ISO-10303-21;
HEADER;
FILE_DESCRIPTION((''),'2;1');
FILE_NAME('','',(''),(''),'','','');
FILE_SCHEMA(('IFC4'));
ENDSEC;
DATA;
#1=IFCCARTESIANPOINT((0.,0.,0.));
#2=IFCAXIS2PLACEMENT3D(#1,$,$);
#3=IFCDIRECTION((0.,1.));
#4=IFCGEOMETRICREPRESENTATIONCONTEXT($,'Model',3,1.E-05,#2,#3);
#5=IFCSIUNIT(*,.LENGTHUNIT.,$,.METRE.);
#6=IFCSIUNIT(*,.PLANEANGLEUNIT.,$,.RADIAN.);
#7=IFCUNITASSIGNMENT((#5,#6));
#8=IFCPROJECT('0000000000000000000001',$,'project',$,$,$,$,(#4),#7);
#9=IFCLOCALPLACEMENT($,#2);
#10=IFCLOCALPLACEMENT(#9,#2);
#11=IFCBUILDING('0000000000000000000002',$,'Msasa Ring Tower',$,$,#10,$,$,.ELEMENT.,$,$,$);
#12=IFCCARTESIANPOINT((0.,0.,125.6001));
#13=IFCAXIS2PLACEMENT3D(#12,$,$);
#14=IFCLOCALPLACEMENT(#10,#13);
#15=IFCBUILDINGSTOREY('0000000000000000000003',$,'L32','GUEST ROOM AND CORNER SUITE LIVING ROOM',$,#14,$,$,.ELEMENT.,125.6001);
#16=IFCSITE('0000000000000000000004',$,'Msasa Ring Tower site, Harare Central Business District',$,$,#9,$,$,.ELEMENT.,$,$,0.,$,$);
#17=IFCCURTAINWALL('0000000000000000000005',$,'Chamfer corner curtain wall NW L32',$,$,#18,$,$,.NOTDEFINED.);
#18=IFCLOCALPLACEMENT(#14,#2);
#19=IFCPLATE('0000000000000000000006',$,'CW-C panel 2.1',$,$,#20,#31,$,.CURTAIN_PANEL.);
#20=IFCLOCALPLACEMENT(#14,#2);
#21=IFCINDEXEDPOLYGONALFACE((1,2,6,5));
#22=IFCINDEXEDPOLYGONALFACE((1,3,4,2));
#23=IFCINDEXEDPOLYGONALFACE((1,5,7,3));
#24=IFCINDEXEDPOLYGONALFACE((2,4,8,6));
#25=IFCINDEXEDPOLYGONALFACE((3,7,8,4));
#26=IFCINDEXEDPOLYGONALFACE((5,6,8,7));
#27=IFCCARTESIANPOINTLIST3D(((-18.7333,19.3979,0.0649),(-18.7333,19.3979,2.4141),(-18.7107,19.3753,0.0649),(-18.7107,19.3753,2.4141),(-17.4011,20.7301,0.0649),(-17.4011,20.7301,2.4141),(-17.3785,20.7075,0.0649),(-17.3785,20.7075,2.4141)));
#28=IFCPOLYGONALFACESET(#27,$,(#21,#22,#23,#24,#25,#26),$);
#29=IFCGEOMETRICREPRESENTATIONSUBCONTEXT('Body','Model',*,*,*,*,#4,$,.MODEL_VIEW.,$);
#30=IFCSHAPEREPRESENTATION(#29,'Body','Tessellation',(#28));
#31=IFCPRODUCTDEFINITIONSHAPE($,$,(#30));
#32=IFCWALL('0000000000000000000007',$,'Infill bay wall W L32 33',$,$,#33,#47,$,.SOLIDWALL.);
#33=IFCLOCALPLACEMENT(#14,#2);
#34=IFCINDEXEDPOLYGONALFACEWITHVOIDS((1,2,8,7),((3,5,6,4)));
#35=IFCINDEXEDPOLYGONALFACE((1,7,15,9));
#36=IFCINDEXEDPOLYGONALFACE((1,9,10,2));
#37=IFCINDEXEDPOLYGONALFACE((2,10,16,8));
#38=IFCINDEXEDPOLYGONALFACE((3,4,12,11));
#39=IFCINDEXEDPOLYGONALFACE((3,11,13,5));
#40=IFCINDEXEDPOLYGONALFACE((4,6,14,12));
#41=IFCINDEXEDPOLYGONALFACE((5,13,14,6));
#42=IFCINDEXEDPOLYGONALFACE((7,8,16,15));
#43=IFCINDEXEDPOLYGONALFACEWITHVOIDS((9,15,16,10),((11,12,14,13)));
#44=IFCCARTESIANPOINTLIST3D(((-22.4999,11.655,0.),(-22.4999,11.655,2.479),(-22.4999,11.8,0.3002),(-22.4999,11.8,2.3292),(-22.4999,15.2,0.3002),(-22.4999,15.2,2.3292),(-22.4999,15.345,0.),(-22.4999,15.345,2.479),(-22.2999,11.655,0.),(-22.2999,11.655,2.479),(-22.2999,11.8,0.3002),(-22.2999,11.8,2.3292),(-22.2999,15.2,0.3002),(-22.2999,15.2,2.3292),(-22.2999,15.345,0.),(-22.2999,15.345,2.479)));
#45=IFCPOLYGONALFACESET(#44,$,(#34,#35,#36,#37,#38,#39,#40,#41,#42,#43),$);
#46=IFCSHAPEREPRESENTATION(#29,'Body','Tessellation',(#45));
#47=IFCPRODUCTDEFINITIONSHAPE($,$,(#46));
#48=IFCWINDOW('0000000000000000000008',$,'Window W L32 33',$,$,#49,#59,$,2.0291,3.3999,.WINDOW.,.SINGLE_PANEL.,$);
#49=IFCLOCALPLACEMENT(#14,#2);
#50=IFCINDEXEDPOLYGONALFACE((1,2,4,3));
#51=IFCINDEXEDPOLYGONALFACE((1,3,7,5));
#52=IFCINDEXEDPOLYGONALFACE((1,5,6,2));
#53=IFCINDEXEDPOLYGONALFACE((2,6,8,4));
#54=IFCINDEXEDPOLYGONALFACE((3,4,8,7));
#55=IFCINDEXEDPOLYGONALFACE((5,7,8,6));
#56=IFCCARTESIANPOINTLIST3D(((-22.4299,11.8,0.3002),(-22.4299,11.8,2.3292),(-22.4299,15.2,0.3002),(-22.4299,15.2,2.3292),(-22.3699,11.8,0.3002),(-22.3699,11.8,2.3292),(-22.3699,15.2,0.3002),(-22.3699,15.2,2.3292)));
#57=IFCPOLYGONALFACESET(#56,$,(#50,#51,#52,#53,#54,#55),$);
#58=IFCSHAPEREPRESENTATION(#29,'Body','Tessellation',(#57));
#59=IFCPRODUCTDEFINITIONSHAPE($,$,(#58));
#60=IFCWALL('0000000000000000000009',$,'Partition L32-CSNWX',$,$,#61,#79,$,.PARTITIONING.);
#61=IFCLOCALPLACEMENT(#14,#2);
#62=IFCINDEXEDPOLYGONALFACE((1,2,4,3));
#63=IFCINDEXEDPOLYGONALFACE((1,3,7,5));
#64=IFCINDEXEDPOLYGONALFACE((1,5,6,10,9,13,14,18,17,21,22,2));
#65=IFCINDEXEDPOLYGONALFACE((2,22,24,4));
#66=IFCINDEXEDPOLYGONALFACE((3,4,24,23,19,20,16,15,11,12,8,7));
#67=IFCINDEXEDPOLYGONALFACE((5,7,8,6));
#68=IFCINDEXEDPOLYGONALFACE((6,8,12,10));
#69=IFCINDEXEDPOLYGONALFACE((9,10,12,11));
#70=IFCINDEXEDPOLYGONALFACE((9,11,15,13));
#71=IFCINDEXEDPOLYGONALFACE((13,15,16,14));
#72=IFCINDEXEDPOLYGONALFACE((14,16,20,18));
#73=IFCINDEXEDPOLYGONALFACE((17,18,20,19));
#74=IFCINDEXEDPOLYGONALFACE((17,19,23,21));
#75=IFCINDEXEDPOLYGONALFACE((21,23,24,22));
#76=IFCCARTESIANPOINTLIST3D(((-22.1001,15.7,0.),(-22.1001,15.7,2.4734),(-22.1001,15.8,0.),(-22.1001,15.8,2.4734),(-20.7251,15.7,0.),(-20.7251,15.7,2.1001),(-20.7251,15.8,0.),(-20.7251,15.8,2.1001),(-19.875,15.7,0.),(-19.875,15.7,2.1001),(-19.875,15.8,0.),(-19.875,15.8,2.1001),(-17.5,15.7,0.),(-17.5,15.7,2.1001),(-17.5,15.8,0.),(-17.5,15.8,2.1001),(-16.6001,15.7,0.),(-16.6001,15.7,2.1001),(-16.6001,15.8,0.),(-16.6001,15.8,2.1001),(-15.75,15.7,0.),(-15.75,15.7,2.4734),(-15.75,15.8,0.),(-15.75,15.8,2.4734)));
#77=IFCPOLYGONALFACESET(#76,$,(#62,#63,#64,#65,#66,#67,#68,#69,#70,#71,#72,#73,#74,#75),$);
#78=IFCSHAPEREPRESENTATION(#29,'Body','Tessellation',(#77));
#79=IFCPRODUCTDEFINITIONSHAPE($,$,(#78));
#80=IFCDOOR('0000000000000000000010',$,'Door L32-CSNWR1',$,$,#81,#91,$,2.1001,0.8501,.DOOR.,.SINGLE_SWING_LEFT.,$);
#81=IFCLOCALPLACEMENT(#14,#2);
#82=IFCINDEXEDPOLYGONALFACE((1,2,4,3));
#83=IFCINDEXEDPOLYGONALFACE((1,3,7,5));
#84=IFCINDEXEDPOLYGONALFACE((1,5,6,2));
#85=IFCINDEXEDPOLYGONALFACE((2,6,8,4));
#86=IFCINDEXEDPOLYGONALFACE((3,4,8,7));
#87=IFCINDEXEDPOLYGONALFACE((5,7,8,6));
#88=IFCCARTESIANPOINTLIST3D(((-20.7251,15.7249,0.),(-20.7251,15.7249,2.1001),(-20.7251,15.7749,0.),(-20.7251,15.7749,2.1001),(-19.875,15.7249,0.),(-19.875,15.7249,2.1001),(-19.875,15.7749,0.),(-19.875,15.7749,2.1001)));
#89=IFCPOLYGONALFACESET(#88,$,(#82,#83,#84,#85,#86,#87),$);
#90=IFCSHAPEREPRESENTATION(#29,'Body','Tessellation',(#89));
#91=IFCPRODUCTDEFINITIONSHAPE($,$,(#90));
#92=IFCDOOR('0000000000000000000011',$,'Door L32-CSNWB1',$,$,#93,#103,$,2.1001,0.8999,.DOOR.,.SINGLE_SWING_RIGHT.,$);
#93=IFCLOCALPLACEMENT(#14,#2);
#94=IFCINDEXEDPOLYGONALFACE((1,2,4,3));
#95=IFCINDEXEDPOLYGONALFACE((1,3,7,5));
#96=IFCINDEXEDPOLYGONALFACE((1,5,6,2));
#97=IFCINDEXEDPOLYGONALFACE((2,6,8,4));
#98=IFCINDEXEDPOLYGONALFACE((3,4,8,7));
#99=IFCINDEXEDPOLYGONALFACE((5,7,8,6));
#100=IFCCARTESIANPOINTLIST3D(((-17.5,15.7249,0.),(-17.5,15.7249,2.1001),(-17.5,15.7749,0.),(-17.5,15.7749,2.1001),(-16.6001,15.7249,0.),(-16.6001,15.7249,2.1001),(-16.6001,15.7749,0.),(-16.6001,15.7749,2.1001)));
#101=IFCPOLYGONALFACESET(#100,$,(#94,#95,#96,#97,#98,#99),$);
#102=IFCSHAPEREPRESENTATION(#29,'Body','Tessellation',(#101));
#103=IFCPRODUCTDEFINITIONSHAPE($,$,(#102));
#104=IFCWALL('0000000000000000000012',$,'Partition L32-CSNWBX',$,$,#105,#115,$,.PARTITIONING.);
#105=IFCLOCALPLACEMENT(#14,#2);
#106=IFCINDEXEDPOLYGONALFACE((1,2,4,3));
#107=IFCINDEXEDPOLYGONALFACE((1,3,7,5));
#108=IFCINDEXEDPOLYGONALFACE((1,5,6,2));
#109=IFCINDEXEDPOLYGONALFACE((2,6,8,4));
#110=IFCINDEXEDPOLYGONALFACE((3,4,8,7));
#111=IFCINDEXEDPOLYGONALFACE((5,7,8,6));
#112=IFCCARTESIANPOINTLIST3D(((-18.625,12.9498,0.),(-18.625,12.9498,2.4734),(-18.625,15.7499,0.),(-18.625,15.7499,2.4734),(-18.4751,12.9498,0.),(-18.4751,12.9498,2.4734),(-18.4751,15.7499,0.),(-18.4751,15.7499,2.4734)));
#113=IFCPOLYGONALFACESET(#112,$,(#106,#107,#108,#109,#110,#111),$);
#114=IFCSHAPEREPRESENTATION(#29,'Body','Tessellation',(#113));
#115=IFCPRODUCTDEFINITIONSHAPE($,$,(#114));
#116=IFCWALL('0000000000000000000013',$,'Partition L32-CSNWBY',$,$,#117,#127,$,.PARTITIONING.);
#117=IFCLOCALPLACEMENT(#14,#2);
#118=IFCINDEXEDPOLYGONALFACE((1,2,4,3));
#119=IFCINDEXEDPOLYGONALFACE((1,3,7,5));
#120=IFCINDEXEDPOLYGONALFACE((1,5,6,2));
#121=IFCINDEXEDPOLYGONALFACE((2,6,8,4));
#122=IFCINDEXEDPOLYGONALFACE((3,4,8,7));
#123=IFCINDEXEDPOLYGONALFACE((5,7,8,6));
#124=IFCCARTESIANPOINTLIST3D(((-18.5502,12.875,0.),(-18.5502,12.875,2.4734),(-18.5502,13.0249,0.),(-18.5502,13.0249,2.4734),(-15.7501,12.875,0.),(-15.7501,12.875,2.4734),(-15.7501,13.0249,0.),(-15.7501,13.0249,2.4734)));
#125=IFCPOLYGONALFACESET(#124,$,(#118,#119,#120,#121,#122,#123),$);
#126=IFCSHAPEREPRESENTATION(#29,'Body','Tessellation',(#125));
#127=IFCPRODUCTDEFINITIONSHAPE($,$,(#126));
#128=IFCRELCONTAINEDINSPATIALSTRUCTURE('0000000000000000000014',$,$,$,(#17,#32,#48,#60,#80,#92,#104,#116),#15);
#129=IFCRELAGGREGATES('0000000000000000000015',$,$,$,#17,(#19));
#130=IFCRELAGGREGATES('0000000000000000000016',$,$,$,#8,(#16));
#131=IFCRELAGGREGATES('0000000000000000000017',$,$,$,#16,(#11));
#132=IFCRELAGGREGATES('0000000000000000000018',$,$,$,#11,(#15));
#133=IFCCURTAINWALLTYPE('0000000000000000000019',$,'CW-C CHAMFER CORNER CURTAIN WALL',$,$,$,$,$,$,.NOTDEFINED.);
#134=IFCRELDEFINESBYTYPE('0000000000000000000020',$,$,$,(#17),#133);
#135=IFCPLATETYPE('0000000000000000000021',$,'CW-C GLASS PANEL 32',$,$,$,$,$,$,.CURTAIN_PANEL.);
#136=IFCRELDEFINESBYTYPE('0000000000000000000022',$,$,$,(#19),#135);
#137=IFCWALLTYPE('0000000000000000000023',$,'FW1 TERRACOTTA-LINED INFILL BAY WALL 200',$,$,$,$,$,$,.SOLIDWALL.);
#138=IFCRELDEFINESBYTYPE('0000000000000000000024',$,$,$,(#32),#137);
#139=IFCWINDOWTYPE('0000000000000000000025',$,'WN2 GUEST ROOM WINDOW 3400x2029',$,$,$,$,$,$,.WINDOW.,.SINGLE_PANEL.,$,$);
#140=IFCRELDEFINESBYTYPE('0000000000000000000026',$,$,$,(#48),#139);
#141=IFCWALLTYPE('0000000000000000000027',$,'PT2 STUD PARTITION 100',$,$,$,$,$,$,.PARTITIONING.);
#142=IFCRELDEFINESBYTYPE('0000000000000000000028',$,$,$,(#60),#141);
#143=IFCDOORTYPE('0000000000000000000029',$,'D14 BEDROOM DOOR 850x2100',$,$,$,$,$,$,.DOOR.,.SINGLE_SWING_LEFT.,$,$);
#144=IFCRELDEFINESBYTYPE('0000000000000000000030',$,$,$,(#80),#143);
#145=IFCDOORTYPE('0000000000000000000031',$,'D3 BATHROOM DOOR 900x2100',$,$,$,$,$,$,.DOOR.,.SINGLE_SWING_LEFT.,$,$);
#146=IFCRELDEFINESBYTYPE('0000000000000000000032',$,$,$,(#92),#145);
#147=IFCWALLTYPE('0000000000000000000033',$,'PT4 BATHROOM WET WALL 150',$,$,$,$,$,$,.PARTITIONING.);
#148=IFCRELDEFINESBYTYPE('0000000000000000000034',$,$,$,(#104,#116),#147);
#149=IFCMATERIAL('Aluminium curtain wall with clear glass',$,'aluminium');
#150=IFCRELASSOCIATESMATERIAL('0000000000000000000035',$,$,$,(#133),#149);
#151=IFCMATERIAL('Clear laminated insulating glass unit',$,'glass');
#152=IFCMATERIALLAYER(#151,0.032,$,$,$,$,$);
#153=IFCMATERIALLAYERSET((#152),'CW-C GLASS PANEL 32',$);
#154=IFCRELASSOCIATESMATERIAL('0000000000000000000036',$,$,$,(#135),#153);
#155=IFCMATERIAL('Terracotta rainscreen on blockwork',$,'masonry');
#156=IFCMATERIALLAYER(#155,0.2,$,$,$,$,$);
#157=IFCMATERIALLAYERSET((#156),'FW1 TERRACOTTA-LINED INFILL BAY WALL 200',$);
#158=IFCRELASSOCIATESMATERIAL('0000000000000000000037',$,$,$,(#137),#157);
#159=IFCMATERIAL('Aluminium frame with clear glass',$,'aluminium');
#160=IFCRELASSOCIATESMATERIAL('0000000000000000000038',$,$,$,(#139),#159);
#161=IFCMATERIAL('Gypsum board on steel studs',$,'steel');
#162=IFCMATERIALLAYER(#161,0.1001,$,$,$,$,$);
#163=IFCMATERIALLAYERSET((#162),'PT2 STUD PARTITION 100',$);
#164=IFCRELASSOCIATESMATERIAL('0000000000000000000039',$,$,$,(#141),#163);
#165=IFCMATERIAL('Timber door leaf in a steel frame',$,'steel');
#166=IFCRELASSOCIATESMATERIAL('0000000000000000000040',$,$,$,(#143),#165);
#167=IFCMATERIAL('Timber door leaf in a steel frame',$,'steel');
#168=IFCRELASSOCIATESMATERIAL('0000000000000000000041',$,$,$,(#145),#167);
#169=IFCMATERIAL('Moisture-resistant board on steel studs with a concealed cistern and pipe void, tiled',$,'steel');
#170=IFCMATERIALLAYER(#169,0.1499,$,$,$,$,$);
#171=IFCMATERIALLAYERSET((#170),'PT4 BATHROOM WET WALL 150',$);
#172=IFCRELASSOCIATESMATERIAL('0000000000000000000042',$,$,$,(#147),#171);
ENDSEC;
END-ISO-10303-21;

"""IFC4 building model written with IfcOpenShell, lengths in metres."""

from ifc_helpers import new_model, si_unit, direction, frame, frame_2d, origin, origin_2d, place, context, subcontext, project, spatial, rectangle, extrude, material, layer, layer_set, type_object, element, fill, aggregate, save


model = new_model("IFC4")

# Units and contexts
model_context = context("Model", 3, precision=1e-05, world=origin(), true_north=direction((0.0, 1.0)))
body_context = subcontext(model_context, "Body", "Model", "MODEL_VIEW")
ifc_project = project(units=[si_unit("LENGTHUNIT", "METRE"), si_unit("PLANEANGLEUNIT", "RADIAN")], contexts=[model_context])

# Site, building, storey
site_placement = place(None, origin())
site = spatial("IfcSite", under=ifc_project, at=site_placement, Name="Msasa Ring Tower site, Harare Central Business District", CompositionType="ELEMENT", RefElevation=0.0)
building_placement = place(site_placement, origin())
building = spatial("IfcBuilding", under=site, at=building_placement, Name="Msasa Ring Tower", CompositionType="ELEMENT")
storey_placement = place(building_placement, frame((0.0, 0.0, 125.6001)))
storey = spatial("IfcBuildingStorey", under=building, at=storey_placement, Name="L32", Description="GUEST ROOM AND CORNER SUITE LIVING ROOM", CompositionType="ELEMENT", Elevation=125.6001)

# Curtain wall
ifc_material_1 = material(Name="Aluminium curtain wall with clear glass", Category="aluminium")
curtain_wall_type = type_object("IfcCurtainWallType", Name="CW-C CHAMFER CORNER CURTAIN WALL", PredefinedType="NOTDEFINED", material=ifc_material_1)
curtain_wall_1_placement = place(storey_placement, origin())
curtain_wall_1 = element("IfcCurtainWall", 1, at=curtain_wall_1_placement, inside=storey, type_object=curtain_wall_type, Name="Chamfer corner curtain wall NW L32", PredefinedType="NOTDEFINED")

# Plate
ifc_material_2 = material(Name="Clear laminated insulating glass unit", Category="glass")
ifc_layer_1 = layer(ifc_material_2, 0.032)
ifc_layer_set_1 = layer_set([ifc_layer_1], Name="CW-C GLASS PANEL 32")
plate_type = type_object("IfcPlateType", Name="CW-C GLASS PANEL 32", PredefinedType="CURTAIN_PANEL", material=ifc_layer_set_1)
plate_1_placement = place(storey_placement, frame((-18.0559, 20.0527, 0.0649), z_axis=(0.0, 0.0, 1.0), x_axis=(-0.707107, -0.707107, 0.0)))
plate_1 = element("IfcPlate", 2, at=plate_1_placement, type_object=plate_type, Name="CW-C panel 2.1", PredefinedType="CURTAIN_PANEL", context=body_context, shape_type="SweptSolid", body=[
    extrude(rectangle(XDim=1.884, YDim=0.032, at=origin_2d()), origin(), (0.0, 0.0, 1.0), 2.3491),
])
aggregate(curtain_wall_1, [plate_1])

# Wall, opening, window
ifc_material_3 = material(Name="Terracotta rainscreen on blockwork", Category="masonry")
ifc_layer_2 = layer(ifc_material_3, 0.2)
ifc_layer_set_2 = layer_set([ifc_layer_2], Name="FW1 TERRACOTTA-LINED INFILL BAY WALL 200")
wall_type_1 = type_object("IfcWallType", Name="FW1 TERRACOTTA-LINED INFILL BAY WALL 200", PredefinedType="SOLIDWALL", material=ifc_layer_set_2)
wall_1_placement = place(storey_placement, frame((-22.3999, 11.655, 0.0), z_axis=(0.0, 0.0, 1.0), x_axis=(0.0, 1.0, 0.0)))
wall_1 = element("IfcWall", 3, at=wall_1_placement, inside=storey, type_object=wall_type_1, Name="Infill bay wall W L32 33", PredefinedType="SOLIDWALL", context=body_context, shape_type="SweptSolid", body=[
    extrude(rectangle(XDim=3.6899, YDim=0.2, at=frame_2d((1.845, 0.0))), origin(), (0.0, 0.0, 1.0), 2.479),
])
opening_1_placement = place(wall_1_placement, frame((0.145, 0.0, 0.3)))
opening_1 = element("IfcOpeningElement", 4, at=opening_1_placement, cuts=wall_1, PredefinedType="OPENING", context=body_context, shape_type="SweptSolid", body=[
    extrude(rectangle(XDim=3.3999, YDim=2.0291, at=frame_2d((1.7, 1.0146))), frame((0.0, 0.1099, 0.0), z_axis=(0.0, -1.0, 0.0), x_axis=(1.0, 0.0, 0.0)), (0.0, 0.0, 1.0), 0.22),
])
ifc_material_4 = material(Name="Aluminium frame with clear glass", Category="aluminium")
window_type = type_object("IfcWindowType", Name="WN2 GUEST ROOM WINDOW 3400x2029", PartitioningType="SINGLE_PANEL", PredefinedType="WINDOW", material=ifc_material_4)
window_placement = place(opening_1_placement, origin())
window = element("IfcWindow", 5, at=window_placement, inside=storey, type_object=window_type, Name="Window W L32 33", OverallHeight=2.0291, OverallWidth=3.3999, PartitioningType="SINGLE_PANEL", PredefinedType="WINDOW", context=body_context, shape_type="SweptSolid", body=[
    extrude(rectangle(XDim=3.3999, YDim=2.0291, at=frame_2d((1.7, 1.0146))), frame((0.0, 0.03, 0.0), z_axis=(0.0, -1.0, 0.0), x_axis=(1.0, 0.0, 0.0)), (0.0, 0.0, 1.0), 0.0601),
])
fill(opening_1, window)

# Wall, openings, doors
ifc_material_5 = material(Name="Gypsum board on steel studs", Category="steel")
ifc_layer_3 = layer(ifc_material_5, 0.1001)
ifc_layer_set_3 = layer_set([ifc_layer_3], Name="PT2 STUD PARTITION 100")
wall_type_2 = type_object("IfcWallType", Name="PT2 STUD PARTITION 100", PredefinedType="PARTITIONING", material=ifc_layer_set_3)
wall_2_placement = place(storey_placement, frame((-22.1001, 15.75, 0.0), z_axis=(0.0, 0.0, 1.0), x_axis=(1.0, 0.0, 0.0)))
wall_2 = element("IfcWall", 6, at=wall_2_placement, inside=storey, type_object=wall_type_2, Name="Partition L32-CSNWX", PredefinedType="PARTITIONING", context=body_context, shape_type="SweptSolid", body=[
    extrude(rectangle(XDim=6.3501, YDim=0.1001, at=frame_2d((3.175, 0.0))), origin(), (0.0, 0.0, 1.0), 2.4734),
])
opening_2_placement = place(wall_2_placement, frame((1.375, 0.0, 0.0)))
opening_2 = element("IfcOpeningElement", 7, at=opening_2_placement, cuts=wall_2, PredefinedType="OPENING", context=body_context, shape_type="SweptSolid", body=[
    extrude(rectangle(XDim=0.8501, YDim=2.1001, at=frame_2d((0.425, 1.05))), frame((0.0, 0.0601, 0.0), z_axis=(0.0, -1.0, 0.0), x_axis=(1.0, 0.0, 0.0)), (0.0, 0.0, 1.0), 0.1201),
])
opening_3_placement = place(wall_2_placement, frame((4.6001, 0.0, 0.0)))
opening_3 = element("IfcOpeningElement", 8, at=opening_3_placement, cuts=wall_2, PredefinedType="OPENING", context=body_context, shape_type="SweptSolid", body=[
    extrude(rectangle(XDim=0.8999, YDim=2.1001, at=frame_2d((0.45, 1.05))), frame((0.0, 0.0601, 0.0), z_axis=(0.0, -1.0, 0.0), x_axis=(1.0, 0.0, 0.0)), (0.0, 0.0, 1.0), 0.1201),
])
ifc_material_6 = material(Name="Timber door leaf in a steel frame", Category="steel")
door_type_1 = type_object("IfcDoorType", Name="D14 BEDROOM DOOR 850x2100", OperationType="SINGLE_SWING_LEFT", PredefinedType="DOOR", material=ifc_material_6)
door_1_placement = place(opening_2_placement, origin())
door_1 = element("IfcDoor", 9, at=door_1_placement, inside=storey, type_object=door_type_1, Name="Door L32-CSNWR1", OperationType="SINGLE_SWING_LEFT", OverallHeight=2.1001, OverallWidth=0.8501, PredefinedType="DOOR", context=body_context, shape_type="SweptSolid", body=[
    extrude(rectangle(XDim=0.8501, YDim=2.1001, at=frame_2d((0.425, 1.05))), frame((0.0, 0.0249, 0.0), z_axis=(0.0, -1.0, 0.0), x_axis=(1.0, 0.0, 0.0)), (0.0, 0.0, 1.0), 0.05),
])
fill(opening_2, door_1)
ifc_material_7 = material(Name="Timber door leaf in a steel frame", Category="steel")
door_type_2 = type_object("IfcDoorType", Name="D3 BATHROOM DOOR 900x2100", OperationType="SINGLE_SWING_LEFT", PredefinedType="DOOR", material=ifc_material_7)
door_2_placement = place(opening_3_placement, origin())
door_2 = element("IfcDoor", 10, at=door_2_placement, inside=storey, type_object=door_type_2, Name="Door L32-CSNWB1", OperationType="SINGLE_SWING_RIGHT", OverallHeight=2.1001, OverallWidth=0.8999, PredefinedType="DOOR", context=body_context, shape_type="SweptSolid", body=[
    extrude(rectangle(XDim=0.8999, YDim=2.1001, at=frame_2d((0.45, 1.05))), frame((0.0, 0.0249, 0.0), z_axis=(0.0, -1.0, 0.0), x_axis=(1.0, 0.0, 0.0)), (0.0, 0.0, 1.0), 0.05),
])
fill(opening_3, door_2)

# Walls
ifc_material_8 = material(Name="Moisture-resistant board on steel studs with a concealed cistern and pipe void, tiled", Category="steel")
ifc_layer_4 = layer(ifc_material_8, 0.1499)
ifc_layer_set_4 = layer_set([ifc_layer_4], Name="PT4 BATHROOM WET WALL 150")
wall_type_3 = type_object("IfcWallType", Name="PT4 BATHROOM WET WALL 150", PredefinedType="PARTITIONING", material=ifc_layer_set_4)
for number, where, z_axis, x_axis, name in (
    (11, (-18.55, 12.95, 0.0), (0.0, 0.0, 1.0), (0.0, 1.0, 0.0), "Partition L32-CSNWBX"),
    (12, (-18.55, 12.95, 0.0), (0.0, 0.0, 1.0), (1.0, 0.0, 0.0), "Partition L32-CSNWBY"),
):
    element("IfcWall", number, at=place(storey_placement, frame(where, z_axis=z_axis, x_axis=x_axis)), inside=storey, type_object=wall_type_3, Name=name, PredefinedType="PARTITIONING", context=body_context, shape_type="SweptSolid", body=[
        extrude(rectangle(XDim=2.8, YDim=0.1499, at=frame_2d((1.3999, 0.0))), origin(), (0.0, 0.0, 1.0), 2.4734),
    ])

save(model, "model.ifc")
